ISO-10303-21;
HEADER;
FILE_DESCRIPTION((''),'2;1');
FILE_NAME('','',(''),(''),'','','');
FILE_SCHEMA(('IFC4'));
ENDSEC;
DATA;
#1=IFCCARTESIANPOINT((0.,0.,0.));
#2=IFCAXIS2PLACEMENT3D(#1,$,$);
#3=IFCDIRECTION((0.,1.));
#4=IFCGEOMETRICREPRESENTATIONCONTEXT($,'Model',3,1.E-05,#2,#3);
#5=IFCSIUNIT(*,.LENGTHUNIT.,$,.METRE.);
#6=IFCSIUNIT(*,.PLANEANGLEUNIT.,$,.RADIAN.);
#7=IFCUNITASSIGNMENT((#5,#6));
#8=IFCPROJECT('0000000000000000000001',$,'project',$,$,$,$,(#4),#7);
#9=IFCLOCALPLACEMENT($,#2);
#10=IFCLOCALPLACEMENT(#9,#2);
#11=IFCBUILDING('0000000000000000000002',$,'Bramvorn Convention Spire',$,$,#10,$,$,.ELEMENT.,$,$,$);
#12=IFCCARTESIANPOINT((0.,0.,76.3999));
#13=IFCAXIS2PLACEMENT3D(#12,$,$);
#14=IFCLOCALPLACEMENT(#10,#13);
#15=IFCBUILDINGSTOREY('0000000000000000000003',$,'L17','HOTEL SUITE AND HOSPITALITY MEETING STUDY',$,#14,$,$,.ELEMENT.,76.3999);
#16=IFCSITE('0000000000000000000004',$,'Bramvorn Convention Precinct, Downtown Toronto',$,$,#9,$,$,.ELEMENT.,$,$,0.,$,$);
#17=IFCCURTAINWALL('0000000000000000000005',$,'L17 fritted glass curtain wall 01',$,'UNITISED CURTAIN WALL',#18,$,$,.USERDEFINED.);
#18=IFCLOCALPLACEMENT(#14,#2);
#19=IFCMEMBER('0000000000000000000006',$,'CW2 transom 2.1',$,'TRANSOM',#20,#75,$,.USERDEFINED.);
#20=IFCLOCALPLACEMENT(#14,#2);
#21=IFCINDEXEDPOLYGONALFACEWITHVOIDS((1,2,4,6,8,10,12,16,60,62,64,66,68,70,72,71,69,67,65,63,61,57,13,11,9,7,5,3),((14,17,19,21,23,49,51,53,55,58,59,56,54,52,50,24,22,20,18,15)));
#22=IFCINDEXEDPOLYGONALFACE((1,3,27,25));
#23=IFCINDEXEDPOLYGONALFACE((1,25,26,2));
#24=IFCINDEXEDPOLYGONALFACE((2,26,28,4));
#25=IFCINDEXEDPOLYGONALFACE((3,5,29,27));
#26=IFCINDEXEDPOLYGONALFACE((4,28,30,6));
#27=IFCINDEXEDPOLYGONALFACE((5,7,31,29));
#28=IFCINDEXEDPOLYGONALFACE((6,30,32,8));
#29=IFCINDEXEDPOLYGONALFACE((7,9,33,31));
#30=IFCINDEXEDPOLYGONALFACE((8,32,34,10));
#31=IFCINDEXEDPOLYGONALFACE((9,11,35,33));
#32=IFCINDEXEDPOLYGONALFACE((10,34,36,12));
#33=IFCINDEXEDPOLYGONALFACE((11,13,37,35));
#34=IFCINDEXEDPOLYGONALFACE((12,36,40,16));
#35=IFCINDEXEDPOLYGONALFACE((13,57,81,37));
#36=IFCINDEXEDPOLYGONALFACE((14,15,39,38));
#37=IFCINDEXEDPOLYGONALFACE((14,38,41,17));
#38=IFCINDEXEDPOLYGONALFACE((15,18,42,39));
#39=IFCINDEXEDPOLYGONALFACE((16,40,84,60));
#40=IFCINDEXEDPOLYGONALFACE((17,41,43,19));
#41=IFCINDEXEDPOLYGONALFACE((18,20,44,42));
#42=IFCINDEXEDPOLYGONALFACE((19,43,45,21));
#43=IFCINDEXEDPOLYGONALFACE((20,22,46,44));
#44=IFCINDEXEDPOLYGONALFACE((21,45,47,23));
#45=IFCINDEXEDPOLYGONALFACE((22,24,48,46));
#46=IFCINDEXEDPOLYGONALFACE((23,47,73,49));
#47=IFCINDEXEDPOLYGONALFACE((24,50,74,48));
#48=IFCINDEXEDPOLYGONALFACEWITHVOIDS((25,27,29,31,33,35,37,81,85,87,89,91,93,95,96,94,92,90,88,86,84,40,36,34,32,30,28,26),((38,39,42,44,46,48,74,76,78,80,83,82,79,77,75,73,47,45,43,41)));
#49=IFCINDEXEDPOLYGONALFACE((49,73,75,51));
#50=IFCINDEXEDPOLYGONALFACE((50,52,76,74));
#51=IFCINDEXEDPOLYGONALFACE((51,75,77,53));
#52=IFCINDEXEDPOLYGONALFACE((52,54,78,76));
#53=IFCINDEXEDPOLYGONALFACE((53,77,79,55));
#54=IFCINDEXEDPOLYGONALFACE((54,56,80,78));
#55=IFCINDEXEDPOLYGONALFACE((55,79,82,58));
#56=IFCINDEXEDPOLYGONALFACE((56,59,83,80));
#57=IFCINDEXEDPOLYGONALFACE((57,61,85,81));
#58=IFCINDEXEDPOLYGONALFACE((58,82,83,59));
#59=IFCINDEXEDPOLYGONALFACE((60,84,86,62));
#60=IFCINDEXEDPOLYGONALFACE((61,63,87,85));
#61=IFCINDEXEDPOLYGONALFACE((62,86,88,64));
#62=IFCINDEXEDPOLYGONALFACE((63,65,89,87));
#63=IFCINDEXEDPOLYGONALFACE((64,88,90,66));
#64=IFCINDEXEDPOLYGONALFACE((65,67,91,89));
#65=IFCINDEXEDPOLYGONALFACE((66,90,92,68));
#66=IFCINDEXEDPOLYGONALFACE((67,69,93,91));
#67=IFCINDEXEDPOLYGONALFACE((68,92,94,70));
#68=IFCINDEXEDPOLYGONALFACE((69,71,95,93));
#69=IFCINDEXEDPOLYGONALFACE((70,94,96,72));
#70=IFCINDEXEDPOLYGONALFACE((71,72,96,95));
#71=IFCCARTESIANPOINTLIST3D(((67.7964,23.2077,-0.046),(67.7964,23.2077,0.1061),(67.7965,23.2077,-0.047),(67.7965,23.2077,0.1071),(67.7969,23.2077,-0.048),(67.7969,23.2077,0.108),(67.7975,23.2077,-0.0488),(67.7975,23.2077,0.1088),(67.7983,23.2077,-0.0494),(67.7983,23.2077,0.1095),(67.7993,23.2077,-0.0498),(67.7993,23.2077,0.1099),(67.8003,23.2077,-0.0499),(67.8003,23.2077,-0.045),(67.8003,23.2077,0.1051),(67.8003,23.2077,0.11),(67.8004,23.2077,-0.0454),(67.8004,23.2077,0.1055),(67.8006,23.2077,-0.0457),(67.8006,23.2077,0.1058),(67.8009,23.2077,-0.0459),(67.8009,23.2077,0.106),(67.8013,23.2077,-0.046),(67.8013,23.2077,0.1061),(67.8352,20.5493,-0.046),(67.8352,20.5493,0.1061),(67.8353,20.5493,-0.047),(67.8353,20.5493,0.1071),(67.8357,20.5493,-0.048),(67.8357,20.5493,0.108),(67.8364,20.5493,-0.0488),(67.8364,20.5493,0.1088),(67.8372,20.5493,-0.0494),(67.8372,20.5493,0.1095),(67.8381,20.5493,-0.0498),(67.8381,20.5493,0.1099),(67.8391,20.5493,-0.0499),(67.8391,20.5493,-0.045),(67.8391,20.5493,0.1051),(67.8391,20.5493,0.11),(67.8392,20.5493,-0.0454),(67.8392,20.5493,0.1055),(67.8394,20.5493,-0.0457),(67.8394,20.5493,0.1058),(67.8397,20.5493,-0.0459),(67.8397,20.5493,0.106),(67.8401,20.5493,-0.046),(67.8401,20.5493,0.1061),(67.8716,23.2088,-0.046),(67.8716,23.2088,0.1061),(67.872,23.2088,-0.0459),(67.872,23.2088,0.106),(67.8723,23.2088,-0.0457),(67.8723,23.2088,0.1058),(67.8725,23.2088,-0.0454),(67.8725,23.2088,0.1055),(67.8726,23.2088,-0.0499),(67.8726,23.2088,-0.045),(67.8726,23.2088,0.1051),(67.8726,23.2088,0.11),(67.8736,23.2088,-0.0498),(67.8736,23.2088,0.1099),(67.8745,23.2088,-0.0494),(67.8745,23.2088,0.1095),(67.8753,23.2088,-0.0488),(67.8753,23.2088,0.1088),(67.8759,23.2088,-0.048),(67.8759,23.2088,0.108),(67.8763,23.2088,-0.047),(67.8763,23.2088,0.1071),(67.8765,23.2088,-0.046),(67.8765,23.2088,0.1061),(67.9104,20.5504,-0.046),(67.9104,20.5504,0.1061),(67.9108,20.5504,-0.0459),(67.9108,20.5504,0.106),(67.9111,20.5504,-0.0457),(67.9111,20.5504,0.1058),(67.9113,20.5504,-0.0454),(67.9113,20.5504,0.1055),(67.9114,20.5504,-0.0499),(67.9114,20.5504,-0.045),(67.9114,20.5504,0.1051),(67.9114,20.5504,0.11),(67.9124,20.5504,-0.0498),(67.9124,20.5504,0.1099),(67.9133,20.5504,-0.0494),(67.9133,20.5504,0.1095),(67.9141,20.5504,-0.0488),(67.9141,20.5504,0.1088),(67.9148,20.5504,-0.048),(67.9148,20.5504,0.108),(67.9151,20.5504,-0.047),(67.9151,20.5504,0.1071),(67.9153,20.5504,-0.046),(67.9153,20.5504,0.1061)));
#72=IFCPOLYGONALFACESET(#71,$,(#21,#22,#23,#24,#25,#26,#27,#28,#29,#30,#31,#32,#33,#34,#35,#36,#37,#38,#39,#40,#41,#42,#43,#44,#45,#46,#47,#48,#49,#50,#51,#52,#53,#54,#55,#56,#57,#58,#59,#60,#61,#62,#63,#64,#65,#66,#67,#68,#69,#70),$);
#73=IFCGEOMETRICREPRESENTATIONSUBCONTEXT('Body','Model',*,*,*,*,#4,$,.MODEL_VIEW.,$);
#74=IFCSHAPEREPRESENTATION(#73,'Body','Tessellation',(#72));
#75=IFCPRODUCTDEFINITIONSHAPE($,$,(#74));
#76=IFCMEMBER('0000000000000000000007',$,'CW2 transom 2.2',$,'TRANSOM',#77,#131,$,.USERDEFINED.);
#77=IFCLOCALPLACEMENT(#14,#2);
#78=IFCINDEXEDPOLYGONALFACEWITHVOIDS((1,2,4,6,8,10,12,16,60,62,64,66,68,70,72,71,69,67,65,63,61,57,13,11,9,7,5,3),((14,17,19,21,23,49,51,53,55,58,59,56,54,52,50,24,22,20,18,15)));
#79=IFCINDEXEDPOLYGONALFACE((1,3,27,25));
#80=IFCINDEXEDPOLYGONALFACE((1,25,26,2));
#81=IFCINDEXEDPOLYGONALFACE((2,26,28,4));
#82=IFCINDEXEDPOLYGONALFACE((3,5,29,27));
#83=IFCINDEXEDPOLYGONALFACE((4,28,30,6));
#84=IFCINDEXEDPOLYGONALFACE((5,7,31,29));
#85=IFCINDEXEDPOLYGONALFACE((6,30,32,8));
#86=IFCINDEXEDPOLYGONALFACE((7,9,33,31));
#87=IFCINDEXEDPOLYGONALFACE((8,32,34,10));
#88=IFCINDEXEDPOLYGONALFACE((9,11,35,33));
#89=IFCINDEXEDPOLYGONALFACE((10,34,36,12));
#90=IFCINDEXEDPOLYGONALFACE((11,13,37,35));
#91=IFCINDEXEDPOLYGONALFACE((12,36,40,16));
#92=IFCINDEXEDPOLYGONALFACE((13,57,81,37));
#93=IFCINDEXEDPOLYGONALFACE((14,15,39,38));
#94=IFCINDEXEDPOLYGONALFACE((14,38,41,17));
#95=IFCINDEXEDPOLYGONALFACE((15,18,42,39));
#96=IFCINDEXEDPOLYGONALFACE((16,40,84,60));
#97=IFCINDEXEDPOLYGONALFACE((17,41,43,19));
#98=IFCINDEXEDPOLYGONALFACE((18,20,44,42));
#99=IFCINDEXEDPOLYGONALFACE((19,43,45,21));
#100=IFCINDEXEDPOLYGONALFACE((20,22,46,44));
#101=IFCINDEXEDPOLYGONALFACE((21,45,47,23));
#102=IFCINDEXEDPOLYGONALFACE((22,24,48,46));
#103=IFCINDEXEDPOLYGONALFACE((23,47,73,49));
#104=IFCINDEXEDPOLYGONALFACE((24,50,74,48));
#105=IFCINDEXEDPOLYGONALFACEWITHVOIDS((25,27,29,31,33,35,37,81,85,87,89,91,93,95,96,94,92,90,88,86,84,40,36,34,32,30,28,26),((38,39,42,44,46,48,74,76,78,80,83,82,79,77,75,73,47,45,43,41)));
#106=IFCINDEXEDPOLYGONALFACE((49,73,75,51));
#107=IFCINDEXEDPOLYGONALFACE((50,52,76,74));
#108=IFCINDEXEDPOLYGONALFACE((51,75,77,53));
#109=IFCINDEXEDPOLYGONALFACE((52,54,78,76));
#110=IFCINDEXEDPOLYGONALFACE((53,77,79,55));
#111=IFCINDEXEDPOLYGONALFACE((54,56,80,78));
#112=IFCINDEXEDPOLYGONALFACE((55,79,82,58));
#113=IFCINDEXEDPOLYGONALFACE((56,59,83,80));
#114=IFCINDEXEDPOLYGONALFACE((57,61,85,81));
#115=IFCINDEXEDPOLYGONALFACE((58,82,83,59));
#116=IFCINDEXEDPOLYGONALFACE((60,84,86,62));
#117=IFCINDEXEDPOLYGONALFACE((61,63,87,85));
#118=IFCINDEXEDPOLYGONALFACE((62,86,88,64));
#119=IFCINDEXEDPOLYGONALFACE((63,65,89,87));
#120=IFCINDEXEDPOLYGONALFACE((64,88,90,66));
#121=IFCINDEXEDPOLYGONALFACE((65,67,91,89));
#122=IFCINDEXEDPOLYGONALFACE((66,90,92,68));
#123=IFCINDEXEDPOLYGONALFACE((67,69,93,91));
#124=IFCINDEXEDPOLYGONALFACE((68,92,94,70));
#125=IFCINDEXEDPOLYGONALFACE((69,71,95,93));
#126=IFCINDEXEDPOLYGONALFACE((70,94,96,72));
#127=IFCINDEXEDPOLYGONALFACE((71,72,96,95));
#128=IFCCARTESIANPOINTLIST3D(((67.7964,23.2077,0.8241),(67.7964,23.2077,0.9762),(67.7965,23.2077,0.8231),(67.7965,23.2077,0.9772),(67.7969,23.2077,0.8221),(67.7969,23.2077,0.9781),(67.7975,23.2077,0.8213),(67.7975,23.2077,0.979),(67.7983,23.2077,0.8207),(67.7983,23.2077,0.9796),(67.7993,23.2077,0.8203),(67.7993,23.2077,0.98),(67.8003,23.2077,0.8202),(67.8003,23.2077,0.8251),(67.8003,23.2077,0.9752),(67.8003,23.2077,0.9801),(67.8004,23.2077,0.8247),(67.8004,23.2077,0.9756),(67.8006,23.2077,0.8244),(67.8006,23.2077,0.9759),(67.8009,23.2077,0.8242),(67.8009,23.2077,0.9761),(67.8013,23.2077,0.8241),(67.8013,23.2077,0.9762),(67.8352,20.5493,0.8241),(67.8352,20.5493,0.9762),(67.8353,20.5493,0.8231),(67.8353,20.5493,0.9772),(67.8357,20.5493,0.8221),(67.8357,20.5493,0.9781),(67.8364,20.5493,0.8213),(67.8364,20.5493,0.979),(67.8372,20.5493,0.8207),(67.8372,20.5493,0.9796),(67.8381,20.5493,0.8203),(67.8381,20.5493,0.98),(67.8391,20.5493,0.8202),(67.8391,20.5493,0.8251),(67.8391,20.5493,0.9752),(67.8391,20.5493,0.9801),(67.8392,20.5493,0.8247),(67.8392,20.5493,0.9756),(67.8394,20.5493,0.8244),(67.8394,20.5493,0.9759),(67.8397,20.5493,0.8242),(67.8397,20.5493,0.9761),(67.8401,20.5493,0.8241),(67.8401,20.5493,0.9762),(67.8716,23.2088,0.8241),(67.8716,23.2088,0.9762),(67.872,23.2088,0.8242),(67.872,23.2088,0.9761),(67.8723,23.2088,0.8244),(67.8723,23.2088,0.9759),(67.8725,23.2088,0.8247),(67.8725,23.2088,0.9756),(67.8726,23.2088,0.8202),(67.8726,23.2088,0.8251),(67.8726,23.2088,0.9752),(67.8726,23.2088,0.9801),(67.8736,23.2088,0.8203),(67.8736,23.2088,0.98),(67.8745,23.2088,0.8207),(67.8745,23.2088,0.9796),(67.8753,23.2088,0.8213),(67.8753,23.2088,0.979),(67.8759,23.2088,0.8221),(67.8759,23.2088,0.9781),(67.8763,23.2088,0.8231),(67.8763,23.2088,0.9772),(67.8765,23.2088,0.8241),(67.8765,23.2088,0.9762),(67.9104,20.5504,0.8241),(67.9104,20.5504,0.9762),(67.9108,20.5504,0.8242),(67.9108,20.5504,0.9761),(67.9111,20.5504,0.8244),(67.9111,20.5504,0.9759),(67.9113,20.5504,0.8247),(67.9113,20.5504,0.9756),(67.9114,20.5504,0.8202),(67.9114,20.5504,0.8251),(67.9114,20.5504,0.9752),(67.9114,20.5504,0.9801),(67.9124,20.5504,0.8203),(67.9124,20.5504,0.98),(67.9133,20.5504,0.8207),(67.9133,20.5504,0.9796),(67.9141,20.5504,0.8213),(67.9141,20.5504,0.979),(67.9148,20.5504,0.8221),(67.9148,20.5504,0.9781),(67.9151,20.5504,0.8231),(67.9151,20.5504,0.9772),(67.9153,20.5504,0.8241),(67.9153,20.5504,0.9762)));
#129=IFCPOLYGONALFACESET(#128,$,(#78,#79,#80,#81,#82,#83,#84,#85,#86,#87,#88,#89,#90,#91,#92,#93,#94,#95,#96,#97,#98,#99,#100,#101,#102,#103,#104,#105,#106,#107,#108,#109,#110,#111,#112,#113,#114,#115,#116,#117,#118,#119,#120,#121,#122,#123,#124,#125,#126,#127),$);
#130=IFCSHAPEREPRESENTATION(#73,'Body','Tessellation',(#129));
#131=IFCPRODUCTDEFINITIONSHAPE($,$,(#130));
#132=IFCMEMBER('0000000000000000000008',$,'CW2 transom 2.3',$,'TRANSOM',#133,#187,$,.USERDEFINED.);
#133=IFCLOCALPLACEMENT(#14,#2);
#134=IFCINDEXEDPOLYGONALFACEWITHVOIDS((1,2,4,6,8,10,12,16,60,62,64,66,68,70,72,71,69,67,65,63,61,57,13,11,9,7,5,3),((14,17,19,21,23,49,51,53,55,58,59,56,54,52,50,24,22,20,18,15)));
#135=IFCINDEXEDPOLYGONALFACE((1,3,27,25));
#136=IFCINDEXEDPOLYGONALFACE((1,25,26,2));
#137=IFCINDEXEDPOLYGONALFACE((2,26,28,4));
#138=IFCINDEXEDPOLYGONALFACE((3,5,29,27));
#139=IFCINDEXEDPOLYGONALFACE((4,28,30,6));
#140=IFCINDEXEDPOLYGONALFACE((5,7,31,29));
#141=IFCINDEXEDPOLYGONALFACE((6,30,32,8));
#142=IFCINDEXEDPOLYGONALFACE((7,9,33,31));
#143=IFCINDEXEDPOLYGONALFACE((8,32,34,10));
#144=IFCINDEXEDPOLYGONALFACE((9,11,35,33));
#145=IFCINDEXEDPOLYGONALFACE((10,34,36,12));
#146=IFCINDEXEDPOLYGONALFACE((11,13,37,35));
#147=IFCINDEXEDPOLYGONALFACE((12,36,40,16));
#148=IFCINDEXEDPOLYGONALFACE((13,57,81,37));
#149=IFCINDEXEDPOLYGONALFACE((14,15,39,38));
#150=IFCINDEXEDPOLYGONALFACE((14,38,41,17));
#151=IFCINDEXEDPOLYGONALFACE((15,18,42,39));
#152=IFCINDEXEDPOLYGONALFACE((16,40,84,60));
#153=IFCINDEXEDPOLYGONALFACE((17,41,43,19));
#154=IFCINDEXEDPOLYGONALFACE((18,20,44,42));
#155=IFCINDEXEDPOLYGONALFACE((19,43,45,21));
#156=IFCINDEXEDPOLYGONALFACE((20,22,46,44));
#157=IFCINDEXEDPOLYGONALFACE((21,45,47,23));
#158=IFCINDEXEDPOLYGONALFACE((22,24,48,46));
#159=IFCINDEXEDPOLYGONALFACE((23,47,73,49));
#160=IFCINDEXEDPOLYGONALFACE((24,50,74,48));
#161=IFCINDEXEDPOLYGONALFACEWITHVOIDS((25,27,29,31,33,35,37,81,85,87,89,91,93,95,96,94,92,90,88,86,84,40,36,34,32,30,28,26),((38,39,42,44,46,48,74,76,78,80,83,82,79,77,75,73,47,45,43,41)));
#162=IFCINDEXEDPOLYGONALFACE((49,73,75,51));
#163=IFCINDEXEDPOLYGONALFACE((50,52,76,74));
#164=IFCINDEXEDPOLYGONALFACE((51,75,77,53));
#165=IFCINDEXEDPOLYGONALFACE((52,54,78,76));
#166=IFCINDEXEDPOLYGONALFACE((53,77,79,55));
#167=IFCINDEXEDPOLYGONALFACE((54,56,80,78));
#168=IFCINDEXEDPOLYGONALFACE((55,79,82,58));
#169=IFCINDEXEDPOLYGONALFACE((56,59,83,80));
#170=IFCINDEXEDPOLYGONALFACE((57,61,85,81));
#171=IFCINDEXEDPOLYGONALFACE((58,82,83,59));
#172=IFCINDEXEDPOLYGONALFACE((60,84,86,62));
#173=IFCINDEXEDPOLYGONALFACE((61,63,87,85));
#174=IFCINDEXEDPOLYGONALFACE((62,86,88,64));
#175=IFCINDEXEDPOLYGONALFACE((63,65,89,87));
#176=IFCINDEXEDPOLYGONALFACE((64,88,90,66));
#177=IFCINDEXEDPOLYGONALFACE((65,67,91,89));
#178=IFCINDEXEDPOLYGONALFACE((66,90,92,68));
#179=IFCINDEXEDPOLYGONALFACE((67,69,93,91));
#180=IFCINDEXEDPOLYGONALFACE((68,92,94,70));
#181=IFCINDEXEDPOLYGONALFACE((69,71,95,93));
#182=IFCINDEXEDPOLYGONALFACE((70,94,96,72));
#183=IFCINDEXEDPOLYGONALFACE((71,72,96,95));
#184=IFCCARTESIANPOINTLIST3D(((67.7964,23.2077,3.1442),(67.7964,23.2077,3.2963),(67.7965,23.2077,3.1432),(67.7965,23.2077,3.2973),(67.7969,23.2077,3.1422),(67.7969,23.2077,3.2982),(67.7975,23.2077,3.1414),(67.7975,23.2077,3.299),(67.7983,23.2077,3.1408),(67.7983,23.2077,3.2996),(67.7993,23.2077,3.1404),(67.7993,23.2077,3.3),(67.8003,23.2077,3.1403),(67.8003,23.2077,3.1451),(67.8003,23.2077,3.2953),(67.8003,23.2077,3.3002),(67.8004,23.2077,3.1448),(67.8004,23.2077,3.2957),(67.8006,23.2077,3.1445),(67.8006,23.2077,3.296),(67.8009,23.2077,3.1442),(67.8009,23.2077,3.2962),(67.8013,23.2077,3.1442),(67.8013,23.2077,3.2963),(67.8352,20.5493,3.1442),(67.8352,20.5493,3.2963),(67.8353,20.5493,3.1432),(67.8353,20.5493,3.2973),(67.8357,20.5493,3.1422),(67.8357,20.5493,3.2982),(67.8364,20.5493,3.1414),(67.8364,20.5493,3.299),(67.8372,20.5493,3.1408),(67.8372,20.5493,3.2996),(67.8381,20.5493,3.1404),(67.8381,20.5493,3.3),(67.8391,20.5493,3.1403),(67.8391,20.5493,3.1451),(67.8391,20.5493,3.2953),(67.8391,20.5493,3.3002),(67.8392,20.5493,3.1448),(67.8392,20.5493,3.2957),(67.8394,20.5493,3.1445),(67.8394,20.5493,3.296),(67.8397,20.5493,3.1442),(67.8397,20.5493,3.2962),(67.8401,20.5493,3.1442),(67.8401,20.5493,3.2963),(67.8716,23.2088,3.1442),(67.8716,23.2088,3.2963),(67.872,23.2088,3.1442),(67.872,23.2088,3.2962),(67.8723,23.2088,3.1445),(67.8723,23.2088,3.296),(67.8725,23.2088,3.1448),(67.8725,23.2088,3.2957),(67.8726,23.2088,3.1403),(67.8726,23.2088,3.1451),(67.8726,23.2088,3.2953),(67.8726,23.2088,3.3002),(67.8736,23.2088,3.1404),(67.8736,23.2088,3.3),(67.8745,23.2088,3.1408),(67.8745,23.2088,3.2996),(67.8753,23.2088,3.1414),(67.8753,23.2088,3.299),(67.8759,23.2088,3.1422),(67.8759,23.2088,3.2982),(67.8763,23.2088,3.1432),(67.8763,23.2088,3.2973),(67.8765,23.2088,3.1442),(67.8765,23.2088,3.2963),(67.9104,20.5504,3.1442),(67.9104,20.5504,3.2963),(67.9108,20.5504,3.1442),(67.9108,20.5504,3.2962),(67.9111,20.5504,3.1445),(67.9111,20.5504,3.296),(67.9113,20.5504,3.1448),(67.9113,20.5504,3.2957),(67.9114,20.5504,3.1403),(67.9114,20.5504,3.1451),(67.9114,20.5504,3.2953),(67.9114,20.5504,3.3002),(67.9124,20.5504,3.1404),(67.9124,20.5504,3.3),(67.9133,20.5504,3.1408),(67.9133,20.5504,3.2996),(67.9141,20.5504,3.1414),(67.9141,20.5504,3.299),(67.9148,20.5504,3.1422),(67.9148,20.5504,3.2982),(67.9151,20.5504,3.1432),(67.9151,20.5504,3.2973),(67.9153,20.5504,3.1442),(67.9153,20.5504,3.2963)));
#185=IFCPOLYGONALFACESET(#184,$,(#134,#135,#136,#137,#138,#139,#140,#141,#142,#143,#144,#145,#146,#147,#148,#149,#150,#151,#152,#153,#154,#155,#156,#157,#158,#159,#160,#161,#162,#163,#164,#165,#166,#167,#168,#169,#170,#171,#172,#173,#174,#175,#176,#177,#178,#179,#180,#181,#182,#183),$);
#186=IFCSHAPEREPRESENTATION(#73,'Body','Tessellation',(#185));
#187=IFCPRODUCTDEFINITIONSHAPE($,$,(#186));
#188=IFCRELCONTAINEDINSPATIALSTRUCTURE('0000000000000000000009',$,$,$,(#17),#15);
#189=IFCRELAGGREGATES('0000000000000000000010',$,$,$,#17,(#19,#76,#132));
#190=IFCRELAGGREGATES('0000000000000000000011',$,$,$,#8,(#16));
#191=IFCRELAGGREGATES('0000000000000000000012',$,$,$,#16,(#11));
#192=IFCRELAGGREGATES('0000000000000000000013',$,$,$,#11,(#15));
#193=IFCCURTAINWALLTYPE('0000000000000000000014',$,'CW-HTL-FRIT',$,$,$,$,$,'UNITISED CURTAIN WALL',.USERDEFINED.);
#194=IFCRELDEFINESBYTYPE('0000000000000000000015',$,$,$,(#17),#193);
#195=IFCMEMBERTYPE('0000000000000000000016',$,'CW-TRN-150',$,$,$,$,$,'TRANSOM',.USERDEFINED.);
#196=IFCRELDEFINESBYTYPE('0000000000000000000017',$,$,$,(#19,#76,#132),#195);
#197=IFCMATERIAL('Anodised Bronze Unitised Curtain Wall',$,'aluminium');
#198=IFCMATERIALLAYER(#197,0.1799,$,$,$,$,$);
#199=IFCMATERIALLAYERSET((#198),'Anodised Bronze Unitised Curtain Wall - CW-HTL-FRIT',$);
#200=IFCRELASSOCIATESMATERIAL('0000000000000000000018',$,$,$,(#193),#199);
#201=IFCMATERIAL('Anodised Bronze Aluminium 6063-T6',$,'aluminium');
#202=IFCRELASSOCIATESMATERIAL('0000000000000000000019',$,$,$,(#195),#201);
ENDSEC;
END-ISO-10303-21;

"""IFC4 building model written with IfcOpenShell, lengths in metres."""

from ifc_helpers import new_model, si_unit, direction, frame, origin, origin_2d, place, context, subcontext, project, spatial, hollow_rectangle, extrude, material, layer, layer_set, material_profile, profile_set, type_object, element, aggregate, save


model = new_model("IFC4")

# Units and contexts
model_context = context("Model", 3, precision=1e-05, world=origin(), true_north=direction((0.0, 1.0)))
body_context = subcontext(model_context, "Body", "Model", "MODEL_VIEW")
ifc_project = project(units=[si_unit("LENGTHUNIT", "METRE"), si_unit("PLANEANGLEUNIT", "RADIAN")], contexts=[model_context])

# Site, building, storey
site_placement = place(None, origin())
site = spatial("IfcSite", under=ifc_project, at=site_placement, Name="Bramvorn Convention Precinct, Downtown Toronto", CompositionType="ELEMENT", RefElevation=0.0)
building_placement = place(site_placement, origin())
building = spatial("IfcBuilding", under=site, at=building_placement, Name="Bramvorn Convention Spire", CompositionType="ELEMENT")
storey_placement = place(building_placement, frame((0.0, 0.0, 76.3999)))
storey = spatial("IfcBuildingStorey", under=building, at=storey_placement, Name="L17", Description="HOTEL SUITE AND HOSPITALITY MEETING STUDY", CompositionType="ELEMENT", Elevation=76.3999)

# Curtain wall
ifc_material_1 = material(Name="Anodised Bronze Unitised Curtain Wall", Category="aluminium")
ifc_layer_1 = layer(ifc_material_1, 0.1799)
ifc_layer_set_1 = layer_set([ifc_layer_1], Name="Anodised Bronze Unitised Curtain Wall - CW-HTL-FRIT")
curtain_wall_type = type_object("IfcCurtainWallType", Name="CW-HTL-FRIT", ElementType="UNITISED CURTAIN WALL", PredefinedType="USERDEFINED", material=ifc_layer_set_1)
curtain_wall_1_placement = place(storey_placement, origin())
curtain_wall_1 = element("IfcCurtainWall", 1, at=curtain_wall_1_placement, inside=storey, type_object=curtain_wall_type, Name="L17 fritted glass curtain wall 01", ObjectType="UNITISED CURTAIN WALL", PredefinedType="USERDEFINED")
ifc_material_2 = material(Name="Anodised Bronze Aluminium 6063-T6", Category="aluminium")

# Members
ifc_material_profile_1 = material_profile(ifc_material_2, hollow_rectangle(XDim=0.0801, YDim=0.1599, WallThickness=0.0039, InnerFilletRadius=0.001, OuterFilletRadius=0.0039, at=origin_2d()))
ifc_profile_set_1 = profile_set([ifc_material_profile_1], Name="Anodised Bronze Aluminium 6063-T6 - CWT80X160")
member_type_1 = type_object("IfcMemberType", Name="CW-TRN-150", ElementType="TRANSOM", PredefinedType="USERDEFINED", material=ifc_profile_set_1)
member_1_placement = place(storey_placement, frame((67.8364, 23.2083, 0.03), z_axis=(0.0146, -0.999893, 0.0), x_axis=(0.999893, 0.0146, 0.0)))
member_1 = element("IfcMember", 2, at=member_1_placement, type_object=member_type_1, Name="CW2 transom 2.1", ObjectType="TRANSOM", PredefinedType="USERDEFINED", context=body_context, shape_type="SweptSolid", body=[
    extrude(hollow_rectangle(XDim=0.0801, YDim=0.1599, WallThickness=0.0039, InnerFilletRadius=0.001, OuterFilletRadius=0.0039, at=origin_2d()), origin(), (0.0, 0.0, 1.0), 2.6587),
])
member_2_placement = place(storey_placement, frame((67.8364, 23.2083, 0.9001), z_axis=(0.0146, -0.999893, 0.0), x_axis=(0.999893, 0.0146, 0.0)))
member_2 = element("IfcMember", 3, at=member_2_placement, type_object=member_type_1, Name="CW2 transom 2.2", ObjectType="TRANSOM", PredefinedType="USERDEFINED", context=body_context, shape_type="SweptSolid", body=[
    extrude(hollow_rectangle(XDim=0.0801, YDim=0.1599, WallThickness=0.0039, InnerFilletRadius=0.001, OuterFilletRadius=0.0039, at=origin_2d()), origin(), (0.0, 0.0, 1.0), 2.6587),
])
member_3_placement = place(storey_placement, frame((67.8364, 23.2083, 3.2202), z_axis=(0.0146, -0.999893, 0.0), x_axis=(0.999893, 0.0146, 0.0)))
member_3 = element("IfcMember", 4, at=member_3_placement, type_object=member_type_1, Name="CW2 transom 2.3", ObjectType="TRANSOM", PredefinedType="USERDEFINED", context=body_context, shape_type="SweptSolid", body=[
    extrude(hollow_rectangle(XDim=0.0801, YDim=0.1599, WallThickness=0.0039, InnerFilletRadius=0.001, OuterFilletRadius=0.0039, at=origin_2d()), origin(), (0.0, 0.0, 1.0), 2.6587),
])

aggregate(curtain_wall_1, [member_1, member_2, member_3])

save(model, "model.ifc")
